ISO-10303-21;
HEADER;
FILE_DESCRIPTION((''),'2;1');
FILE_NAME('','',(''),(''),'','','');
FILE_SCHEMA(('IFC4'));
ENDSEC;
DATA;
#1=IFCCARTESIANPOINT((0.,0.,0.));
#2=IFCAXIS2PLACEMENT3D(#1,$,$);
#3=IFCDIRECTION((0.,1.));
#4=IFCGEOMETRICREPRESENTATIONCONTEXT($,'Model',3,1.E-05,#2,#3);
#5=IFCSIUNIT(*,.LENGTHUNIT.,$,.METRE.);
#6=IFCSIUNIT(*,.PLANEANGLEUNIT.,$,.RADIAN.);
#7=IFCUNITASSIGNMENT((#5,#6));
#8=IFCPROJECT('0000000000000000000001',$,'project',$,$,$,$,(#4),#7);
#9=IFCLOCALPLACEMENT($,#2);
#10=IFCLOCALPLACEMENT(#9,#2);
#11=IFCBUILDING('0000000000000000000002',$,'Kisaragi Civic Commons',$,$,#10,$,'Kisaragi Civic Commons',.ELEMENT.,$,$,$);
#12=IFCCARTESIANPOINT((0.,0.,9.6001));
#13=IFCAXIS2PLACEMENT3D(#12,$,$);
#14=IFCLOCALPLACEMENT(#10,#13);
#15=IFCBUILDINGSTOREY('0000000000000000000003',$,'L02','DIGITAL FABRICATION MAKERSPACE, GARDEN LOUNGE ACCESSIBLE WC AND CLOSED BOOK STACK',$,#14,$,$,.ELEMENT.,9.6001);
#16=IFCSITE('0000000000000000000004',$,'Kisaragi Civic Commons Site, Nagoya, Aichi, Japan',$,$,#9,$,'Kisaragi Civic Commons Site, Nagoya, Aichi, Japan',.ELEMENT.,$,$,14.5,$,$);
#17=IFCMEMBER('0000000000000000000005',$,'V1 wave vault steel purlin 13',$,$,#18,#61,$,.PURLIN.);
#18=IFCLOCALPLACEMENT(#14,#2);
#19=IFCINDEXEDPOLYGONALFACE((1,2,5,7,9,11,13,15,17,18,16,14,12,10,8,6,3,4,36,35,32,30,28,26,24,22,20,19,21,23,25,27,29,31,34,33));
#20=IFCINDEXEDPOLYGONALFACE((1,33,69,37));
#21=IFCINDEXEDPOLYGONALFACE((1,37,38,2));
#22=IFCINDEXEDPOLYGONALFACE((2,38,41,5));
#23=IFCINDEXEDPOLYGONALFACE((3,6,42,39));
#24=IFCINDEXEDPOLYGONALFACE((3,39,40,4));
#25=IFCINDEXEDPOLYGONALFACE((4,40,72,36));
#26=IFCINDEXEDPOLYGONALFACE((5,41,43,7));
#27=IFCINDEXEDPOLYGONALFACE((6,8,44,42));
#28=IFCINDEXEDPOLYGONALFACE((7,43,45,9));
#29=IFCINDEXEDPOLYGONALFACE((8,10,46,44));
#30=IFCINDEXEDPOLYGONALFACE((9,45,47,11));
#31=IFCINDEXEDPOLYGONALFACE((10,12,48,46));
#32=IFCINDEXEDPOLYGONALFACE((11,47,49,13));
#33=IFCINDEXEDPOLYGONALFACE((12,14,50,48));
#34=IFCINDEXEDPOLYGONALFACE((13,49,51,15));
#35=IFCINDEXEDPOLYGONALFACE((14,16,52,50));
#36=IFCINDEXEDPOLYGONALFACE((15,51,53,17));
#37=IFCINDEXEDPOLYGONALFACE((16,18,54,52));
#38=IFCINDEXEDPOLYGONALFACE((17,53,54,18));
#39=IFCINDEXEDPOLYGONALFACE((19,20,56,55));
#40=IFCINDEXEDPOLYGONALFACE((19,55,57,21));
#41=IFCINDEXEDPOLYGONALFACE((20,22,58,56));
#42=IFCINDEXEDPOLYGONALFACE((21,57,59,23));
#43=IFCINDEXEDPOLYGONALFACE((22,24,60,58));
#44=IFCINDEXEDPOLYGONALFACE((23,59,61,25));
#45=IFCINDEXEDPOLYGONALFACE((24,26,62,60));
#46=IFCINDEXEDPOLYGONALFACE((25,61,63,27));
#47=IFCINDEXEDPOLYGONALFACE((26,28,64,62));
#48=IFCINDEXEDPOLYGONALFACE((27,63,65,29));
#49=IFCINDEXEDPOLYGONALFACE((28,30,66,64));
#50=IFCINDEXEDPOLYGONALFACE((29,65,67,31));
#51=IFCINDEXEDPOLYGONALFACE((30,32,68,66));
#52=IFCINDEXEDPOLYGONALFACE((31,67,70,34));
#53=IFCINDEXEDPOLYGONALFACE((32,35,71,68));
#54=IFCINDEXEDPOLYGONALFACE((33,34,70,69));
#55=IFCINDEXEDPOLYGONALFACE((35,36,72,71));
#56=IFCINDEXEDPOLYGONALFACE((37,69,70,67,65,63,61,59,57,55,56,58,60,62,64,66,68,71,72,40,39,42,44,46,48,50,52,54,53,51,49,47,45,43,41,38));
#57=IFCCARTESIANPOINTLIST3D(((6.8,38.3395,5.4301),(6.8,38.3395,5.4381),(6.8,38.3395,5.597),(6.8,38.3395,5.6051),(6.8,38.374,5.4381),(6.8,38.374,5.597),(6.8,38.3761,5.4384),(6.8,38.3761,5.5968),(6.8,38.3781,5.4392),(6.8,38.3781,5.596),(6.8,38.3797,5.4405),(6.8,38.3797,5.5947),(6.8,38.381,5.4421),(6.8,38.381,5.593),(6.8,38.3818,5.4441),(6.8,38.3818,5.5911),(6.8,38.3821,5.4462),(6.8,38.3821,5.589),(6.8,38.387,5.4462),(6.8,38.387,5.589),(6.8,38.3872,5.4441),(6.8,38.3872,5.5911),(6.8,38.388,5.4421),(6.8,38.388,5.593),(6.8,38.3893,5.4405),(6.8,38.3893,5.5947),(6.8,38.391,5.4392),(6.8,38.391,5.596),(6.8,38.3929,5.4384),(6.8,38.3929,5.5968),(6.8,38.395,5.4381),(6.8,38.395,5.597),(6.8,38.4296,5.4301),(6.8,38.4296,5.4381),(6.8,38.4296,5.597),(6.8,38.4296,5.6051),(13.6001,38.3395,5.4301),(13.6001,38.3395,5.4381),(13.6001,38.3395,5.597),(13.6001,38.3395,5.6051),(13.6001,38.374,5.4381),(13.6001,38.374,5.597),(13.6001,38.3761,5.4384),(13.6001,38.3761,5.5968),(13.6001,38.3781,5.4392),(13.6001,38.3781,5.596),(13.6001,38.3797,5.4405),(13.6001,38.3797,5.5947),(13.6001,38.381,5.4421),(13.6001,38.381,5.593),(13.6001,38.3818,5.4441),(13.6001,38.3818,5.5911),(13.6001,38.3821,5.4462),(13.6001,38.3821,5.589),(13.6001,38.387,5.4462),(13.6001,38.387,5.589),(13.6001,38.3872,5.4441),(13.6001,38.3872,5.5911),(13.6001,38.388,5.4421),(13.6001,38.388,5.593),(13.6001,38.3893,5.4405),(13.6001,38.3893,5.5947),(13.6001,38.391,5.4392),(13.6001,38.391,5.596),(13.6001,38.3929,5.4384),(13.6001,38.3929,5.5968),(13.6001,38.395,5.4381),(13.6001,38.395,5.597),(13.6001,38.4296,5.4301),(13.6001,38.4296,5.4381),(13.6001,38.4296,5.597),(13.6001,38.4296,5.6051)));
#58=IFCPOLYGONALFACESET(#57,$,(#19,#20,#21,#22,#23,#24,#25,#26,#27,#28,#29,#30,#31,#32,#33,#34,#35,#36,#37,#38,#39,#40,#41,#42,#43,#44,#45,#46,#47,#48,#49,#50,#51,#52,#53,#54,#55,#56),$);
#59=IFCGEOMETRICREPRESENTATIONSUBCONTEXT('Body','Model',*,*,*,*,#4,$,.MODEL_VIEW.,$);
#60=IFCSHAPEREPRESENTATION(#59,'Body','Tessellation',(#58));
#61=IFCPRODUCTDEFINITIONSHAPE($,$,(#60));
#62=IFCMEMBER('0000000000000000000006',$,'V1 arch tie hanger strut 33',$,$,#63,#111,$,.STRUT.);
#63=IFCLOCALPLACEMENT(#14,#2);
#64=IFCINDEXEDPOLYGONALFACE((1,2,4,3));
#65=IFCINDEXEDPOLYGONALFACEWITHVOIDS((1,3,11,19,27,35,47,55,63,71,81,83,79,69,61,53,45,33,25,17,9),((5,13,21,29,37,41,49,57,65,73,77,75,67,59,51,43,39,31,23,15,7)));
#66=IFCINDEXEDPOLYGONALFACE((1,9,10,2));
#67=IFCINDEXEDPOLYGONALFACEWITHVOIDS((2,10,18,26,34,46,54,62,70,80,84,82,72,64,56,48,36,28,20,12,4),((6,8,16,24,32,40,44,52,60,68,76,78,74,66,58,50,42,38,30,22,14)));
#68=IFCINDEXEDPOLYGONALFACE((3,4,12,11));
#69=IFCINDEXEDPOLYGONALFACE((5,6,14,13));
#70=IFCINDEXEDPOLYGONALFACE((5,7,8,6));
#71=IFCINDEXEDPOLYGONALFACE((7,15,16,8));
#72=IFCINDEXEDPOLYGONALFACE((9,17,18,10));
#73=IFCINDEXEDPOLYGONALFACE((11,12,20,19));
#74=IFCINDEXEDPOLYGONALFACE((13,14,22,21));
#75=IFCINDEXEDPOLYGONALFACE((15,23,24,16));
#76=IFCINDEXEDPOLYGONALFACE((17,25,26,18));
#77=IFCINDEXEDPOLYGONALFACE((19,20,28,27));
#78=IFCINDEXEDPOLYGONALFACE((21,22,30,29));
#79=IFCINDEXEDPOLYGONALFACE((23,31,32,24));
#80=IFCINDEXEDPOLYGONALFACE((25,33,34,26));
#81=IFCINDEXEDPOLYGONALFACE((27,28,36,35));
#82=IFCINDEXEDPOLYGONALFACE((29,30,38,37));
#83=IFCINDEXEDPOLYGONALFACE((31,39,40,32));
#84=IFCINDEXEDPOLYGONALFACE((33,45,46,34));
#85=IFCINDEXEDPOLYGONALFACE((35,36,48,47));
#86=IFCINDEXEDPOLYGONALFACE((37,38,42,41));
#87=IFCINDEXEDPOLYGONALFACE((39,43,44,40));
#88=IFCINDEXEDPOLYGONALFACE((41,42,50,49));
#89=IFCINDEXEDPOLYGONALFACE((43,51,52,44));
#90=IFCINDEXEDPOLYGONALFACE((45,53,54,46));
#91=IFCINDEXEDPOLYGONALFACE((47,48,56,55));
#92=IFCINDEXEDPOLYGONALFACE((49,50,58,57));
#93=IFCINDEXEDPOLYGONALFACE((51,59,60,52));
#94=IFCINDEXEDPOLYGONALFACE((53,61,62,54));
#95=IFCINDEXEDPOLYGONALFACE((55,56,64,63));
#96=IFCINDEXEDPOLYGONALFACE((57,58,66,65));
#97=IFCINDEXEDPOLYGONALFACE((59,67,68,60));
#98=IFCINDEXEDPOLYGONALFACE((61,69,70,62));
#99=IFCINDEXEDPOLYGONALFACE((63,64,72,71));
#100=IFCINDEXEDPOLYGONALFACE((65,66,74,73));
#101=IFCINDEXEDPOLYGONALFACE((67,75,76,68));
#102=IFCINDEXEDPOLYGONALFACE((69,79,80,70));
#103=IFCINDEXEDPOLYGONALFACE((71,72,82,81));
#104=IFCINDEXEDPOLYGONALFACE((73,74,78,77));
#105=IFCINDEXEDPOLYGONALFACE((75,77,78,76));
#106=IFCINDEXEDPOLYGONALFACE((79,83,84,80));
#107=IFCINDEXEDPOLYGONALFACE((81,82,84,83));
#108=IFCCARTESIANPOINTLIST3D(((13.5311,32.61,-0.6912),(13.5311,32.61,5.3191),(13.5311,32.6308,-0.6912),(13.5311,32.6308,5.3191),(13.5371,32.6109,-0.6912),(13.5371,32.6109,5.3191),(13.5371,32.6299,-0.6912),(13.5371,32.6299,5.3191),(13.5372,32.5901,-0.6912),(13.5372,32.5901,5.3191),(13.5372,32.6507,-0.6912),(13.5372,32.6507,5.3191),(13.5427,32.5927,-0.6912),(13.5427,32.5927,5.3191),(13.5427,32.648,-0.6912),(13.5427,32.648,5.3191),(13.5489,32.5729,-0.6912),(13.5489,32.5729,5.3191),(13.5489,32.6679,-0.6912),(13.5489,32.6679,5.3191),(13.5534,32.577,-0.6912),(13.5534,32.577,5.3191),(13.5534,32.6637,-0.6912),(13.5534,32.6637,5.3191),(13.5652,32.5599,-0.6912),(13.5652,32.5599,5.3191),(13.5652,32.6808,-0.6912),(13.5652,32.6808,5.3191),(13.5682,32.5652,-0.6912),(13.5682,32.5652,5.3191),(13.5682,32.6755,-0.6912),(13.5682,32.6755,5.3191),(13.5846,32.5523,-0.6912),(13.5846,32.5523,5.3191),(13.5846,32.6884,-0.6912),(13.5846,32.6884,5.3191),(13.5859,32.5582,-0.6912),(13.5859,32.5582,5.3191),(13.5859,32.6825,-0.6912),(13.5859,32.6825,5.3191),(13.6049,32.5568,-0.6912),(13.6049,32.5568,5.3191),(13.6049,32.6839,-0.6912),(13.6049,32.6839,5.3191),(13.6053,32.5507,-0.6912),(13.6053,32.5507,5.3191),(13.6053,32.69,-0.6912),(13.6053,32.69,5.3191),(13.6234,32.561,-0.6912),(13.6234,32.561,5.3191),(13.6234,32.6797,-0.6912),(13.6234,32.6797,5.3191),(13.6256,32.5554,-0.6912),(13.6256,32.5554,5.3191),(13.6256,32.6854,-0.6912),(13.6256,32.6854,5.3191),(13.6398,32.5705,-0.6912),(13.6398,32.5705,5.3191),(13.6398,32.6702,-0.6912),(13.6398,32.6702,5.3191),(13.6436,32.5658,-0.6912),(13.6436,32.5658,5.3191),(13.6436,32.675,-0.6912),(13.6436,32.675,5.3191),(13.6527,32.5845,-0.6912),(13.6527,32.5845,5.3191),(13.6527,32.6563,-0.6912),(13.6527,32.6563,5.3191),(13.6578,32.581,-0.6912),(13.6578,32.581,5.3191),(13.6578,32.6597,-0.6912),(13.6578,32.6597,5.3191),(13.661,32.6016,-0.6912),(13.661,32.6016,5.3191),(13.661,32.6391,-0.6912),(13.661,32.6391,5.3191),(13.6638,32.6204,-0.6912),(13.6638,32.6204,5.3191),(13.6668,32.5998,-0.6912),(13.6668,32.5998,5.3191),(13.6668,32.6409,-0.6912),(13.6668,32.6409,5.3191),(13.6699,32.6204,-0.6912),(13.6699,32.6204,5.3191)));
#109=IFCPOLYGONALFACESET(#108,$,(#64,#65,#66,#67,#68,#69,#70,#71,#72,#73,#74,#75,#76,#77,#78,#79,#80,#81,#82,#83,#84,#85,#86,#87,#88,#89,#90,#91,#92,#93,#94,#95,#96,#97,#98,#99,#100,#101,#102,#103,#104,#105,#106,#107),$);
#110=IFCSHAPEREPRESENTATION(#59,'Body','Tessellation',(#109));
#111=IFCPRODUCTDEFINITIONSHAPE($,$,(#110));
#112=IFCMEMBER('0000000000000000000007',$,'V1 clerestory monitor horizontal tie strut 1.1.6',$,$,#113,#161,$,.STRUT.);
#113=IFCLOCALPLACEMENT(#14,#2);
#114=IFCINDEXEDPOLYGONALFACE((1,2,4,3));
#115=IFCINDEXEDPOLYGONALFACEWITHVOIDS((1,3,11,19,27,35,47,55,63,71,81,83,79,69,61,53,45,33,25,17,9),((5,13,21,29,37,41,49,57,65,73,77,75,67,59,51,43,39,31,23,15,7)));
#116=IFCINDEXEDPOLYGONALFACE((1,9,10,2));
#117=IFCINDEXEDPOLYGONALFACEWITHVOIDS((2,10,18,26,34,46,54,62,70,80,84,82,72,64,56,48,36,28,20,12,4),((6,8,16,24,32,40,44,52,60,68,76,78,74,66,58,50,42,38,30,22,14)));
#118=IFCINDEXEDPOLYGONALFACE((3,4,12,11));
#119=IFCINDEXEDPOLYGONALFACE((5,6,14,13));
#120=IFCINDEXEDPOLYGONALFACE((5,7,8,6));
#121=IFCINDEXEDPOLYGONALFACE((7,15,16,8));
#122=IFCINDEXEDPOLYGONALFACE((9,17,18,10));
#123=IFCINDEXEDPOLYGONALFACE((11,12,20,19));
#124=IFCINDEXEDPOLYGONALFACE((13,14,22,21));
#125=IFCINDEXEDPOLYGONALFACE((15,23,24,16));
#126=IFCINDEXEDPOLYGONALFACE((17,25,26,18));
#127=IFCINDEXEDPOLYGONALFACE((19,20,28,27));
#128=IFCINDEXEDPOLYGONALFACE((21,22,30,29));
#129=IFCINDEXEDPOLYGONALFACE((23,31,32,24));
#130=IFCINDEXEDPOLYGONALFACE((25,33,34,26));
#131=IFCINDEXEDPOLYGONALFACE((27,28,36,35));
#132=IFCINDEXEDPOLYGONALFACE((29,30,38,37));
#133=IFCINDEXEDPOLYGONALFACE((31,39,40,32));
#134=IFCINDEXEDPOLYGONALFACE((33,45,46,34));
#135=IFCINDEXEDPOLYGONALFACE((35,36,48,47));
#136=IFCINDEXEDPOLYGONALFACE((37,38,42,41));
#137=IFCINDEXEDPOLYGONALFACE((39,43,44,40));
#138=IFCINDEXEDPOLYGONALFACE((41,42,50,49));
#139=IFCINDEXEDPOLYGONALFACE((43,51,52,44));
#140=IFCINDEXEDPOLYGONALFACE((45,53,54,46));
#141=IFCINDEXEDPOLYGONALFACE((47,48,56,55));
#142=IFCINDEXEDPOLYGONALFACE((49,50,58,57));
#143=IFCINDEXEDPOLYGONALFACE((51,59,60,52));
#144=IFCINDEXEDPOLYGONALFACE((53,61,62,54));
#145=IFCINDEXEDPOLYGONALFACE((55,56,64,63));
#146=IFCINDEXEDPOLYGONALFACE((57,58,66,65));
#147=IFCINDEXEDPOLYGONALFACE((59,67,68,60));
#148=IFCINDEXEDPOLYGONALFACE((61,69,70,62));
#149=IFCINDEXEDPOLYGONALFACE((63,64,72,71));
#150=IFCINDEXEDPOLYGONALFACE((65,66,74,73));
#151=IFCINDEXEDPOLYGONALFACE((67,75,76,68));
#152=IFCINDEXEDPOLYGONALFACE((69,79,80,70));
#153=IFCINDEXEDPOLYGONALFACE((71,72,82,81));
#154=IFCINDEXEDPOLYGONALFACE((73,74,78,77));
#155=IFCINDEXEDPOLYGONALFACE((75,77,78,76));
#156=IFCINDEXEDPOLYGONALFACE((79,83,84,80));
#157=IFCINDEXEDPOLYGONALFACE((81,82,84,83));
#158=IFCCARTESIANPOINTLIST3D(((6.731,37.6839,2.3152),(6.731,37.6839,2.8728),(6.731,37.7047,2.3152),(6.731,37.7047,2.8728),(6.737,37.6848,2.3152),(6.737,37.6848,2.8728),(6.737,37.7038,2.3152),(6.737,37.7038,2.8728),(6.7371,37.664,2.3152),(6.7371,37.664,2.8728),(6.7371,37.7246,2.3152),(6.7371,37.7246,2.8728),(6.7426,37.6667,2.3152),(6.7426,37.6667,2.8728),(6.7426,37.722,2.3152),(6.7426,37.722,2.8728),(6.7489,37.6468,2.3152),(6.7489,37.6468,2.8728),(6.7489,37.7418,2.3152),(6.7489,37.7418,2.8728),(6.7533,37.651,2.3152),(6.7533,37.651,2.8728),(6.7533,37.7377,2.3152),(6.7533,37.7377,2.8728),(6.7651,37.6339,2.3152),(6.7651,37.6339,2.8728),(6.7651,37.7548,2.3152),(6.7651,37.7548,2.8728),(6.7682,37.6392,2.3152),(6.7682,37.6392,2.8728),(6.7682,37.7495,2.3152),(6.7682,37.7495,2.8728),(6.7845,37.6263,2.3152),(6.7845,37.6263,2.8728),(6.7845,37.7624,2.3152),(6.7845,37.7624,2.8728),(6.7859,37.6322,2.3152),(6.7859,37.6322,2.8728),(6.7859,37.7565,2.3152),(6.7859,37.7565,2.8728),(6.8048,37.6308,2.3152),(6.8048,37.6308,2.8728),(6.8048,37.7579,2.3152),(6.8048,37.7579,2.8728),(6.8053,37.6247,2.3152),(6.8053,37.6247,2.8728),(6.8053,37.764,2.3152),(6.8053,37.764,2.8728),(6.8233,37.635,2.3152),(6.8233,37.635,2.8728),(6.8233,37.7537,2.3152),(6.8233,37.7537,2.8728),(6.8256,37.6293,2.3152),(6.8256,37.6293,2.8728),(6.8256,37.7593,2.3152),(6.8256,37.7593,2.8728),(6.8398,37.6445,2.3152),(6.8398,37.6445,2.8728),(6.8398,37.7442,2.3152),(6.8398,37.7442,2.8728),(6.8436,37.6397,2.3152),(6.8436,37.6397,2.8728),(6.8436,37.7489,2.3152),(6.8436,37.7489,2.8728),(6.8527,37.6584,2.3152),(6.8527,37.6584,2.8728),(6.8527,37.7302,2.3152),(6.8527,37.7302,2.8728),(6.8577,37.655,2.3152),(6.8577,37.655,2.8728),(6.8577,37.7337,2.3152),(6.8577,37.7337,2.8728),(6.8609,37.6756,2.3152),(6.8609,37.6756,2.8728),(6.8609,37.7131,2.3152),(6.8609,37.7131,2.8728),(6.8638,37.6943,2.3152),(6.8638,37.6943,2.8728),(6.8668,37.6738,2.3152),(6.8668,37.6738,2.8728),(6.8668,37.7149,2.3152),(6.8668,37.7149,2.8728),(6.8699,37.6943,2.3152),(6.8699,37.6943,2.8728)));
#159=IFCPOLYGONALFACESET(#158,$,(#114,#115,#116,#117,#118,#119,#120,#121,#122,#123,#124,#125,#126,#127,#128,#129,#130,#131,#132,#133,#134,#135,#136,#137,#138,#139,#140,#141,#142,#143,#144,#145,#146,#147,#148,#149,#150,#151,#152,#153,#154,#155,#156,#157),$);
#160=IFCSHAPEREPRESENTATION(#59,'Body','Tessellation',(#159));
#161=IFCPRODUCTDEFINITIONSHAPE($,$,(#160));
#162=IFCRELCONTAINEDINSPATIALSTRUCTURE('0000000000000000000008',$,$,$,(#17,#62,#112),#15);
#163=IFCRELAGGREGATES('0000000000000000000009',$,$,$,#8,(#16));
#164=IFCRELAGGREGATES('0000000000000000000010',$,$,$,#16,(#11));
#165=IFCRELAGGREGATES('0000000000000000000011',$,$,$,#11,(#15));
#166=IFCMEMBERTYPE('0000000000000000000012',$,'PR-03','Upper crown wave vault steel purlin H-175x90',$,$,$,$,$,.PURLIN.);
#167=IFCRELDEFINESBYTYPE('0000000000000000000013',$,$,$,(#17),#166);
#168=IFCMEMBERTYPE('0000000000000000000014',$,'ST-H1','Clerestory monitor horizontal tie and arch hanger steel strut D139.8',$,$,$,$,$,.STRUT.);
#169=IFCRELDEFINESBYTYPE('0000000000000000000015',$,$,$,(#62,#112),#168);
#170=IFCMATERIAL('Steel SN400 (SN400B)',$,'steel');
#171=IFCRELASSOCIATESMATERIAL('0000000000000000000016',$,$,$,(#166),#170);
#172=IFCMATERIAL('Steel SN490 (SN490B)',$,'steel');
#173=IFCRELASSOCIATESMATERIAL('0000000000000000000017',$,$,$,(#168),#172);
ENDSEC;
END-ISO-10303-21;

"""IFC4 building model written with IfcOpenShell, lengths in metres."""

from ifc_helpers import new_model, si_unit, direction, frame, origin, origin_2d, place, context, subcontext, project, spatial, hollow_circle, i_section, extrude, material, material_profile, profile_set, type_object, element, save


model = new_model("IFC4")

# Units and contexts
model_context = context("Model", 3, precision=1e-05, world=origin(), true_north=direction((0.0, 1.0)))
body_context = subcontext(model_context, "Body", "Model", "MODEL_VIEW")
ifc_project = project(units=[si_unit("LENGTHUNIT", "METRE"), si_unit("PLANEANGLEUNIT", "RADIAN")], contexts=[model_context])

# Site, building, storey
site_placement = place(None, origin())
site = spatial("IfcSite", under=ifc_project, at=site_placement, Name="Kisaragi Civic Commons Site, Nagoya, Aichi, Japan", LongName="Kisaragi Civic Commons Site, Nagoya, Aichi, Japan", CompositionType="ELEMENT", RefElevation=14.5)
building_placement = place(site_placement, origin())
building = spatial("IfcBuilding", under=site, at=building_placement, Name="Kisaragi Civic Commons", LongName="Kisaragi Civic Commons", CompositionType="ELEMENT")
storey_placement = place(building_placement, frame((0.0, 0.0, 9.6001)))
storey = spatial("IfcBuildingStorey", under=building, at=storey_placement, Name="L02", Description="DIGITAL FABRICATION MAKERSPACE, GARDEN LOUNGE ACCESSIBLE WC AND CLOSED BOOK STACK", CompositionType="ELEMENT", Elevation=9.6001)

# Shared definitions
ifc_material_1 = material(Name="Steel SN400 (SN400B)", Category="steel")

# Members
ifc_material_2 = material(Name="Steel SN490 (SN490B)", Category="steel")
ifc_material_profile_1 = material_profile(ifc_material_1, i_section(OverallWidth=0.0901, OverallDepth=0.175, WebThickness=0.0049, FlangeThickness=0.0081, FilletRadius=0.0081, at=origin_2d()), Name="H-175x90x5x8", Category="steel")
ifc_profile_set_1 = profile_set([ifc_material_profile_1], Name="Steel SN400 (SN400B)")
member_type_1 = type_object("IfcMemberType", Name="PR-03", Description="Upper crown wave vault steel purlin H-175x90", PredefinedType="PURLIN", material=ifc_profile_set_1)
member_1_placement = place(storey_placement, frame((6.8, 38.3845, 5.5176), z_axis=(1.0, 0.0, 0.0), x_axis=(0.0, 1.0, 0.0)))
element("IfcMember", 1, at=member_1_placement, inside=storey, type_object=member_type_1, Name="V1 wave vault steel purlin 13", PredefinedType="PURLIN", context=body_context, shape_type="SweptSolid", body=[
    extrude(i_section(OverallWidth=0.0901, OverallDepth=0.175, WebThickness=0.0049, FlangeThickness=0.0081, FilletRadius=0.0081, at=origin_2d()), origin(), (0.0, 0.0, 1.0), 6.8),
])
ifc_material_profile_2 = material_profile(ifc_material_2, hollow_circle(Radius=0.0698, WallThickness=0.0061, at=origin_2d()), Name="CHS-139.8x6.0", Category="steel")
ifc_profile_set_2 = profile_set([ifc_material_profile_2], Name="Steel SN490 (SN490B)")
member_type_2 = type_object("IfcMemberType", Name="ST-H1", Description="Clerestory monitor horizontal tie and arch hanger steel strut D139.8", PredefinedType="STRUT", material=ifc_profile_set_2)
member_2_placement = place(storey_placement, frame((13.6001, 32.6204, -0.6912), z_axis=(0.0, 0.0, 1.0), x_axis=(1.0, 0.0, 0.0)))
element("IfcMember", 2, at=member_2_placement, inside=storey, type_object=member_type_2, Name="V1 arch tie hanger strut 33", PredefinedType="STRUT", context=body_context, shape_type="SweptSolid", body=[
    extrude(hollow_circle(Radius=0.0698, WallThickness=0.0061, at=origin_2d()), origin(), (0.0, 0.0, 1.0), 6.0103),
])
member_3_placement = place(storey_placement, frame((6.8, 37.6943, 2.3152), z_axis=(0.0, 0.0, 1.0), x_axis=(1.0, 0.0, 0.0)))
element("IfcMember", 3, at=member_3_placement, inside=storey, type_object=member_type_2, Name="V1 clerestory monitor horizontal tie strut 1.1.6", PredefinedType="STRUT", context=body_context, shape_type="SweptSolid", body=[
    extrude(hollow_circle(Radius=0.0698, WallThickness=0.0061, at=origin_2d()), origin(), (0.0, 0.0, 1.0), 0.5576),
])

save(model, "model.ifc")
